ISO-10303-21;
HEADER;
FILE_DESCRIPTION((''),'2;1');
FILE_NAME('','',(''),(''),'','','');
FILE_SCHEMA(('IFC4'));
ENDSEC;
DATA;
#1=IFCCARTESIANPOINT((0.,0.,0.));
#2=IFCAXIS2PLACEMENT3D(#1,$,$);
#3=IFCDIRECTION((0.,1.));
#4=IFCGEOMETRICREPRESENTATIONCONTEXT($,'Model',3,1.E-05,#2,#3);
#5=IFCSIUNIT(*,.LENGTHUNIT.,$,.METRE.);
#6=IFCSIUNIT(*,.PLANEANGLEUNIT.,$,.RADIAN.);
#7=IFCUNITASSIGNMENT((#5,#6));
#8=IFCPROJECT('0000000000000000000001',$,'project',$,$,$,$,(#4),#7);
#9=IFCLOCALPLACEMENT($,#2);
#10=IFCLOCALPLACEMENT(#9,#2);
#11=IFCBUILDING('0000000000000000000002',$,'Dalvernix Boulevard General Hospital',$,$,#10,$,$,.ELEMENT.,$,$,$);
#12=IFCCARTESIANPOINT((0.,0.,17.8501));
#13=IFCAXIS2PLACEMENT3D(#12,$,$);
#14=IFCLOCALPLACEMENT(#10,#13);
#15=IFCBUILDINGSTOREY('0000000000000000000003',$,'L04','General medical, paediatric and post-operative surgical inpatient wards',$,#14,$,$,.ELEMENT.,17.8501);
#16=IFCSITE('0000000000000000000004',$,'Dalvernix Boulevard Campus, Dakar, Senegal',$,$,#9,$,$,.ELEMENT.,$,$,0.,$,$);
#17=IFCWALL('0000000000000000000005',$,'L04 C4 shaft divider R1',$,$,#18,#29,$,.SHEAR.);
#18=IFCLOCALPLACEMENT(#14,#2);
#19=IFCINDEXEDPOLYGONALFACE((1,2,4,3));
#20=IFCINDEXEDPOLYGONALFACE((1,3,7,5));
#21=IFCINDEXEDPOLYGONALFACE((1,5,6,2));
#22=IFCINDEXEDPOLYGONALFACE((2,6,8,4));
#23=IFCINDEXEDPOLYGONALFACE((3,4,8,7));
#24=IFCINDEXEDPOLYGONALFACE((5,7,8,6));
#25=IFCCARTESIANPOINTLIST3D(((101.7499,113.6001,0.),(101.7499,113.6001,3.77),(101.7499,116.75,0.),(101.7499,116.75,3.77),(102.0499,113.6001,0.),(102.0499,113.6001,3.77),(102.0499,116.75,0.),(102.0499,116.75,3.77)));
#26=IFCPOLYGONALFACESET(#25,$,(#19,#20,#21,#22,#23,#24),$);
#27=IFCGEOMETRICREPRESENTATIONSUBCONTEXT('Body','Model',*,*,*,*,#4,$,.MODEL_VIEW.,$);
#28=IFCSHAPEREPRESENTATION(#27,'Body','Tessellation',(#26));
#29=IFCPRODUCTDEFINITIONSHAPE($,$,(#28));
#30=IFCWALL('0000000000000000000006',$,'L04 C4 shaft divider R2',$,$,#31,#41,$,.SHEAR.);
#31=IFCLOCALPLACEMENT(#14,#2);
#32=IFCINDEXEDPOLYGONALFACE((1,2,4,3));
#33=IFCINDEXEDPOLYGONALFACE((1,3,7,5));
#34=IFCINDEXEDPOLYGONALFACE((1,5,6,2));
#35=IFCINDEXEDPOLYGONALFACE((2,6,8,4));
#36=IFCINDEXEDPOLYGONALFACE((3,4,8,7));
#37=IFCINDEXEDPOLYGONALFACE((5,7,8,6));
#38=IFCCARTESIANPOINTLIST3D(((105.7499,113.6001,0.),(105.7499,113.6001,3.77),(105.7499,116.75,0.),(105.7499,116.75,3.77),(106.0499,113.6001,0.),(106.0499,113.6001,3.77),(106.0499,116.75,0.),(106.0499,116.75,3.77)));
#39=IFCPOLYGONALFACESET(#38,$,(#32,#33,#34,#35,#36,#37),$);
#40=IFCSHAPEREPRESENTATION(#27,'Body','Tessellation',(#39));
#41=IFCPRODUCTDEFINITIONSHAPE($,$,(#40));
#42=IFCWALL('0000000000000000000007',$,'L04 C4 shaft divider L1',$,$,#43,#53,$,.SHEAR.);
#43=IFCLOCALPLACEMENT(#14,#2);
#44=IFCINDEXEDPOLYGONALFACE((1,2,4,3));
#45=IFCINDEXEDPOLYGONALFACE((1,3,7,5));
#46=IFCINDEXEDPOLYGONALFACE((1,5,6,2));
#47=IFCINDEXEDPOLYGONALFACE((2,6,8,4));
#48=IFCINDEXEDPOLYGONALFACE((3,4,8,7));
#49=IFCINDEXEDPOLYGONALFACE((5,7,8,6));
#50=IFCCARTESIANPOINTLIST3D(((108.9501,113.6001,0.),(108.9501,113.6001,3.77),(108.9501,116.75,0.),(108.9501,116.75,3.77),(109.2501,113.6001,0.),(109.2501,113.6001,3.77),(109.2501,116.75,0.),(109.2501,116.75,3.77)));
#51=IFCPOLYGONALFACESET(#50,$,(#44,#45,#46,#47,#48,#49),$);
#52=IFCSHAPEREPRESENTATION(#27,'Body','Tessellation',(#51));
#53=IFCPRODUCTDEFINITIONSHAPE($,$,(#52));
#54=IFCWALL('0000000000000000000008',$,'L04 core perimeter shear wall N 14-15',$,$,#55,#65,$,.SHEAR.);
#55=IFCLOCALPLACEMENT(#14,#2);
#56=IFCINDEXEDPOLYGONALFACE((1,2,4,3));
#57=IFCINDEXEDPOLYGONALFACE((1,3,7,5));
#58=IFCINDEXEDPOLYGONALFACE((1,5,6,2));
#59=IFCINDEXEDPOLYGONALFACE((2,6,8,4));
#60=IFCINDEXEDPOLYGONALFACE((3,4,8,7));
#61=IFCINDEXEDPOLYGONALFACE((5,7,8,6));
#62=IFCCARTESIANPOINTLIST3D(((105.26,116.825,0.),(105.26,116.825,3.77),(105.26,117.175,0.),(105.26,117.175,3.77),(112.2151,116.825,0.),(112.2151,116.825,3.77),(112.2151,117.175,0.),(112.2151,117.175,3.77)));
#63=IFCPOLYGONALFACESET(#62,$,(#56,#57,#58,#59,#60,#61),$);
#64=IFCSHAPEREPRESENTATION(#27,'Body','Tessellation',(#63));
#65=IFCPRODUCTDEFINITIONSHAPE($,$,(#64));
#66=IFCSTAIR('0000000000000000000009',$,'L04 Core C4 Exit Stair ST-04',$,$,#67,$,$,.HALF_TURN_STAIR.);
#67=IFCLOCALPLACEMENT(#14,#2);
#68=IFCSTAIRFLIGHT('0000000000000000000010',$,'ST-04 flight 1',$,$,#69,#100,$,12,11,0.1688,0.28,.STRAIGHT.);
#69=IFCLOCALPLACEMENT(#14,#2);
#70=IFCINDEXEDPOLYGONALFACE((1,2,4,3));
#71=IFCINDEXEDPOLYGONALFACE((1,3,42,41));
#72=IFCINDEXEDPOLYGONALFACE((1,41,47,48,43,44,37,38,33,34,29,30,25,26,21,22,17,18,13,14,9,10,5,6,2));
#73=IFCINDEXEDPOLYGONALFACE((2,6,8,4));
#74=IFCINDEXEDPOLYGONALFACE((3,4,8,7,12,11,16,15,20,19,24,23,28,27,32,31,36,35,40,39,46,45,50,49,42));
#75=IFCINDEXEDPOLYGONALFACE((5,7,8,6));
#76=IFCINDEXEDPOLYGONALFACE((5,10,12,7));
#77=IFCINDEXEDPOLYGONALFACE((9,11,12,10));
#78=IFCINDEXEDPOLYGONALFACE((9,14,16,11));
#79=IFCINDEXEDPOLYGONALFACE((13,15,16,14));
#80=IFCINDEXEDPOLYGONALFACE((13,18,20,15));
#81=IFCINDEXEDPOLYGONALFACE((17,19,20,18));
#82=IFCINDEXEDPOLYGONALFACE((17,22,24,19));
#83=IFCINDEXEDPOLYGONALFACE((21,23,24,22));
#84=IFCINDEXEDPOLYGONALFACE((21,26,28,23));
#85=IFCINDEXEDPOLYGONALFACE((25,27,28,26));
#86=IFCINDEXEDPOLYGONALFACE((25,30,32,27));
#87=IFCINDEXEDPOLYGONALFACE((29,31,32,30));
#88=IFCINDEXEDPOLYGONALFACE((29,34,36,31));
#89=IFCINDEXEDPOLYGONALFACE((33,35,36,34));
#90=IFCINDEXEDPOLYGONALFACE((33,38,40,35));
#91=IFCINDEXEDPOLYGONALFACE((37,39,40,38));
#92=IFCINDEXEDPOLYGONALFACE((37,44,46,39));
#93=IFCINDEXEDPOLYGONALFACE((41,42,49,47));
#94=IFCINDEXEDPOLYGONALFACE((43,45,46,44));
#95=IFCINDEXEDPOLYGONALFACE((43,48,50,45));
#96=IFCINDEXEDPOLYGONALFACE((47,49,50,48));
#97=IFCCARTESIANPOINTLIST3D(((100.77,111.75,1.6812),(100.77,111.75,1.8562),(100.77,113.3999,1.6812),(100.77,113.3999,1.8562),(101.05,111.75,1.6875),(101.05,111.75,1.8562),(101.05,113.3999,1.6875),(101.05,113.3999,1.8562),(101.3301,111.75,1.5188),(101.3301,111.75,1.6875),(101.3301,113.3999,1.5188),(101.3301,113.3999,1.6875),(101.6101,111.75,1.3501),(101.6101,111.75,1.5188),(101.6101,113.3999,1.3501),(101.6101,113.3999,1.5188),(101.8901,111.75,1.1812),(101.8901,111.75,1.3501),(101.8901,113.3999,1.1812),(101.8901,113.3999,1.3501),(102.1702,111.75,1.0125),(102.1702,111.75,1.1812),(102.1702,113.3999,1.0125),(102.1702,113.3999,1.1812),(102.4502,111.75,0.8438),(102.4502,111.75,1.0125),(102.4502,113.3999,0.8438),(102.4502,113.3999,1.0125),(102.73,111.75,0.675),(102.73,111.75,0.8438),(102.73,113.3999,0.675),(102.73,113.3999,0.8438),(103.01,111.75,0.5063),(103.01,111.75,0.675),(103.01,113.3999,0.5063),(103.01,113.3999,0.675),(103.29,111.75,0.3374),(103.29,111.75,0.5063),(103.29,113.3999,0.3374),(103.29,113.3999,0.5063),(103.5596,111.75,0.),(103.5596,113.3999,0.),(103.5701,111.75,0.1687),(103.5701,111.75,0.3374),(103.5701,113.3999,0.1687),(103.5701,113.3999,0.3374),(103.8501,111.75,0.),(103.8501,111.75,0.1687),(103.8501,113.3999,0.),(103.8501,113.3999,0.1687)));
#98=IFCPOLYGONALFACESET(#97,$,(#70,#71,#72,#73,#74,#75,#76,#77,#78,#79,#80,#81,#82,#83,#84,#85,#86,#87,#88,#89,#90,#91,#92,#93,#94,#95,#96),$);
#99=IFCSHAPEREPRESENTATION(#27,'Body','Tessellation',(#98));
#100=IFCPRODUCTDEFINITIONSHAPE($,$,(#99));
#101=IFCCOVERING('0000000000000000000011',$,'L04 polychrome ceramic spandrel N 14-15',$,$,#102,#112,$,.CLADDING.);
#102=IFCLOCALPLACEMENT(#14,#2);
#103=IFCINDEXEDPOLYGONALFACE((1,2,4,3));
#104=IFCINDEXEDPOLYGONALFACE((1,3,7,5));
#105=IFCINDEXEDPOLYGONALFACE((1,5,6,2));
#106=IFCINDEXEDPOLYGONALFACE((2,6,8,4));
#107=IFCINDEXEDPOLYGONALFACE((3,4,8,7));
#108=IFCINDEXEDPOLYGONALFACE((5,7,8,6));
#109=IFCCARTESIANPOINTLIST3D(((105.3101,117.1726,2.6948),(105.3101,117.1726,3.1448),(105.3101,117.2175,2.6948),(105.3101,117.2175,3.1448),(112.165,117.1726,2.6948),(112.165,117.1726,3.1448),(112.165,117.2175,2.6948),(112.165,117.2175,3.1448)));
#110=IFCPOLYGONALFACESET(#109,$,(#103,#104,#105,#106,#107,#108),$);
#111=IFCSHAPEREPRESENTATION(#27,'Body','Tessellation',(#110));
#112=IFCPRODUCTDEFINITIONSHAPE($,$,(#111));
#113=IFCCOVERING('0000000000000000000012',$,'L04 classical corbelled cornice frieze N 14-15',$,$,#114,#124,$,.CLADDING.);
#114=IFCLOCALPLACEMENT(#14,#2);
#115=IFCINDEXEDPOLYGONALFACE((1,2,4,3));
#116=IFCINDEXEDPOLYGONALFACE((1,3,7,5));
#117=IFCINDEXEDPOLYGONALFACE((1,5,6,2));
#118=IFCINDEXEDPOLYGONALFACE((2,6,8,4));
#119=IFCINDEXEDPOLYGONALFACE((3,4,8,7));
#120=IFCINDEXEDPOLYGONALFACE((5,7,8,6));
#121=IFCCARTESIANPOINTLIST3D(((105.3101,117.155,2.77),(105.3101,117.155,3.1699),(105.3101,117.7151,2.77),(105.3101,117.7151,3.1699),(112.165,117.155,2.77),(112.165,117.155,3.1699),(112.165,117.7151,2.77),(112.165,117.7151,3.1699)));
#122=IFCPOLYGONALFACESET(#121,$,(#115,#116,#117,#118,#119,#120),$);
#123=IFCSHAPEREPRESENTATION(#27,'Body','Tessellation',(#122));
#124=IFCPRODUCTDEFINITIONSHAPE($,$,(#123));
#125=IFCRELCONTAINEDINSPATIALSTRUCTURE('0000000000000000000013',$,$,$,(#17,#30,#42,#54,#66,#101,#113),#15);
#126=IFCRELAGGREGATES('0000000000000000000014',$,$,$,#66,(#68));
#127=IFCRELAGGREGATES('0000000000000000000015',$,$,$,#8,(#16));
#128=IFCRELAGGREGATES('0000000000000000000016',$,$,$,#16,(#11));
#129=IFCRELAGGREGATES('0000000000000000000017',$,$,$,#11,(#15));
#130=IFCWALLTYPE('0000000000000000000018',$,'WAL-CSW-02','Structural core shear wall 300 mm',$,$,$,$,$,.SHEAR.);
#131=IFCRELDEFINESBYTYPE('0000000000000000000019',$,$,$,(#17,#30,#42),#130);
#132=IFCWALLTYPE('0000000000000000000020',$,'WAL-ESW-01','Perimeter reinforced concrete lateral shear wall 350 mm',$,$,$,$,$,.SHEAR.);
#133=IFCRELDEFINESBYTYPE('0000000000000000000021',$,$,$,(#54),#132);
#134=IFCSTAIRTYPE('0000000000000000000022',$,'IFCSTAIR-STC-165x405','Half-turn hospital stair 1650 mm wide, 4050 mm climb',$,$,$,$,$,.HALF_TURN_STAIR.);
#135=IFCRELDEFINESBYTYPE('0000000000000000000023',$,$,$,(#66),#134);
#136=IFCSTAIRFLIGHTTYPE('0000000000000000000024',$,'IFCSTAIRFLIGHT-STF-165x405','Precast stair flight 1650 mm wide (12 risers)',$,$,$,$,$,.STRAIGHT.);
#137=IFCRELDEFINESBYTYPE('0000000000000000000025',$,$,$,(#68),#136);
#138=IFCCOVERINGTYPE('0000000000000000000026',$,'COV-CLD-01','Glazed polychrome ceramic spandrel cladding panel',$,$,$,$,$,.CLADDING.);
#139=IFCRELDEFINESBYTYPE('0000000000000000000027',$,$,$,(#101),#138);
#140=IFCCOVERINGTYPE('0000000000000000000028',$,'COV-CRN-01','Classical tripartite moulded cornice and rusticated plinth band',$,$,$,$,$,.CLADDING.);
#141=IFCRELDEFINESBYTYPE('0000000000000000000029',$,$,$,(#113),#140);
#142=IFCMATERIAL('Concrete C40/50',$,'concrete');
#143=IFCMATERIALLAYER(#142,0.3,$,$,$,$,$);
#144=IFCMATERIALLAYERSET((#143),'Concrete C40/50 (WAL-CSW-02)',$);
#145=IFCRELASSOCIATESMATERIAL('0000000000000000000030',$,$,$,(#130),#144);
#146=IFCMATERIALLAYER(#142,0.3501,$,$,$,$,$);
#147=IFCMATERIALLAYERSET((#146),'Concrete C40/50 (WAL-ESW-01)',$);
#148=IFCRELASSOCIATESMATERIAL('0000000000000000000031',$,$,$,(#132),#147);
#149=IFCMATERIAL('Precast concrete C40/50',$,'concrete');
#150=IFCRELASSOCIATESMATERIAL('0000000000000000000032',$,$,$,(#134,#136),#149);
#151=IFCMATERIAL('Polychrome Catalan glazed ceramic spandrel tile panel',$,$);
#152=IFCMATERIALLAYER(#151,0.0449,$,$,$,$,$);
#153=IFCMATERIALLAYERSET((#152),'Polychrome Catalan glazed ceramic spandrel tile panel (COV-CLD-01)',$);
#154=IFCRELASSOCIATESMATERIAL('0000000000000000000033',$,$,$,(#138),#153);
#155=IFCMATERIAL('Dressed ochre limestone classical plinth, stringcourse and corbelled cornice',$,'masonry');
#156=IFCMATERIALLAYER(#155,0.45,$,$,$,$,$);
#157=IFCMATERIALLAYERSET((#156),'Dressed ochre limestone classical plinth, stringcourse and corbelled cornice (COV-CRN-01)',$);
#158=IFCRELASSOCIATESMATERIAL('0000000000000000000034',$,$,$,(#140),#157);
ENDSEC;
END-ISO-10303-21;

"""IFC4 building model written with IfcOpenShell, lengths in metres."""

from ifc_helpers import new_model, si_unit, direction, frame, frame_2d, origin, origin_2d, place, context, subcontext, project, spatial, polyline, rectangle, outline, extrude, material, layer, layer_set, type_object, element, aggregate, save


model = new_model("IFC4")

# Units and contexts
model_context = context("Model", 3, precision=1e-05, world=origin(), true_north=direction((0.0, 1.0)))
body_context = subcontext(model_context, "Body", "Model", "MODEL_VIEW")
ifc_project = project(units=[si_unit("LENGTHUNIT", "METRE"), si_unit("PLANEANGLEUNIT", "RADIAN")], contexts=[model_context])

# Site, building, storey
site_placement = place(None, origin())
site = spatial("IfcSite", under=ifc_project, at=site_placement, Name="Dalvernix Boulevard Campus, Dakar, Senegal", CompositionType="ELEMENT", RefElevation=0.0)
building_placement = place(site_placement, origin())
building = spatial("IfcBuilding", under=site, at=building_placement, Name="Dalvernix Boulevard General Hospital", CompositionType="ELEMENT")
storey_placement = place(building_placement, frame((0.0, 0.0, 17.8501)))
storey = spatial("IfcBuildingStorey", under=building, at=storey_placement, Name="L04", Description="General medical, paediatric and post-operative surgical inpatient wards", CompositionType="ELEMENT", Elevation=17.8501)

# Shared definitions
ifc_material_1 = material(Name="Concrete C40/50", Category="concrete")

# Shared definitions
ifc_layer_1 = layer(ifc_material_1, 0.3)
ifc_layer_set_1 = layer_set([ifc_layer_1], Name="Concrete C40/50 (WAL-CSW-02)")
wall_type_1 = type_object("IfcWallType", Name="WAL-CSW-02", Description="Structural core shear wall 300 mm", PredefinedType="SHEAR", material=ifc_layer_set_1)

# Walls
for number, where, z_axis, x_axis, name in (
    (1, (101.8999, 113.6001, 0.0), (0.0, 0.0, 1.0), (0.0, 1.0, 0.0), "L04 C4 shaft divider R1"),
    (2, (105.8999, 113.6001, 0.0), (0.0, 0.0, 1.0), (0.0, 1.0, 0.0), "L04 C4 shaft divider R2"),
    (3, (109.1001, 113.6001, 0.0), (0.0, 0.0, 1.0), (0.0, 1.0, 0.0), "L04 C4 shaft divider L1"),
):
    element("IfcWall", number, at=place(storey_placement, frame(where, z_axis=z_axis, x_axis=x_axis)), inside=storey, type_object=wall_type_1, Name=name, PredefinedType="SHEAR", context=body_context, shape_type="SweptSolid", body=[
        extrude(rectangle(XDim=3.1499, YDim=0.3, at=frame_2d((1.575, 0.0))), origin(), (0.0, 0.0, 1.0), 3.77),
    ])
ifc_layer_2 = layer(ifc_material_1, 0.3501)
ifc_layer_set_2 = layer_set([ifc_layer_2], Name="Concrete C40/50 (WAL-ESW-01)")
wall_type_2 = type_object("IfcWallType", Name="WAL-ESW-01", Description="Perimeter reinforced concrete lateral shear wall 350 mm", PredefinedType="SHEAR", material=ifc_layer_set_2)
wall_1_placement = place(storey_placement, frame((105.26, 117.0, 0.0), z_axis=(0.0, 0.0, 1.0), x_axis=(1.0, 0.0, 0.0)))
element("IfcWall", 4, at=wall_1_placement, inside=storey, type_object=wall_type_2, Name="L04 core perimeter shear wall N 14-15", PredefinedType="SHEAR", context=body_context, shape_type="SweptSolid", body=[
    extrude(rectangle(XDim=6.9551, YDim=0.3501, at=frame_2d((3.4775, 0.0))), origin(), (0.0, 0.0, 1.0), 3.77),
])

# Stair, stair flight
ifc_material_2 = material(Name="Precast concrete C40/50", Category="concrete")
stair_type = type_object("IfcStairType", Name="IFCSTAIR-STC-165x405", Description="Half-turn hospital stair 1650 mm wide, 4050 mm climb", PredefinedType="HALF_TURN_STAIR", material=ifc_material_2)
stair_placement = place(storey_placement, origin())
stair = element("IfcStair", 5, at=stair_placement, inside=storey, type_object=stair_type, Name="L04 Core C4 Exit Stair ST-04", PredefinedType="HALF_TURN_STAIR")
stair_flight_type = type_object("IfcStairFlightType", Name="IFCSTAIRFLIGHT-STF-165x405", Description="Precast stair flight 1650 mm wide (12 risers)", PredefinedType="STRAIGHT", material=ifc_material_2)
stair_flight_placement = place(storey_placement, frame((103.8501, 112.575, 0.0), z_axis=(0.0, 0.0, 1.0), x_axis=(-1.0, 0.0, 0.0)))
stair_flight = element("IfcStairFlight", 6, at=stair_flight_placement, type_object=stair_flight_type, Name="ST-04 flight 1", NumberOfRisers=12, NumberOfTreads=11, PredefinedType="STRAIGHT", RiserHeight=0.1688, TreadLength=0.28, context=body_context, shape_type="SweptSolid", body=[
    extrude(outline(polyline([(0.0, 0.0), (0.0, 0.1687), (0.28, 0.1687), (0.28, 0.3374), (0.5601, 0.3374), (0.5601, 0.5063), (0.8401, 0.5063), (0.8401, 0.675), (1.1201, 0.675), (1.1201, 0.8438), (1.3999, 0.8438), (1.3999, 1.0125), (1.6799, 1.0125), (1.6799, 1.1812), (1.96, 1.1812), (1.96, 1.3501), (2.24, 1.3501), (2.24, 1.5188), (2.52, 1.5188), (2.52, 1.6875), (2.8, 1.6875), (2.8, 1.8562), (3.0801, 1.8562), (3.0801, 2.0249), (3.0801, 1.6812), (0.2905, 0.0), (0.0, 0.0)])), frame((0.0, 0.825, 0.0), z_axis=(0.0, -1.0, 0.0), x_axis=(1.0, 0.0, 0.0)), (0.0, 0.0, 1.0), 1.6499),
])
aggregate(stair, [stair_flight])

# Coverings
ifc_material_3 = material(Name="Polychrome Catalan glazed ceramic spandrel tile panel")
ifc_layer_3 = layer(ifc_material_3, 0.0449)
ifc_layer_set_3 = layer_set([ifc_layer_3], Name="Polychrome Catalan glazed ceramic spandrel tile panel (COV-CLD-01)")
covering_type_1 = type_object("IfcCoveringType", Name="COV-CLD-01", Description="Glazed polychrome ceramic spandrel cladding panel", PredefinedType="CLADDING", material=ifc_layer_set_3)
covering_1_placement = place(storey_placement, frame((108.7375, 117.1951, 2.6948), z_axis=(0.0, 0.0, 1.0), x_axis=(1.0, 0.0, 0.0)))
element("IfcCovering", 7, at=covering_1_placement, inside=storey, type_object=covering_type_1, Name="L04 polychrome ceramic spandrel N 14-15", PredefinedType="CLADDING", context=body_context, shape_type="SweptSolid", body=[
    extrude(rectangle(XDim=6.855, YDim=0.0449, at=origin_2d()), origin(), (0.0, 0.0, 1.0), 0.45),
])
ifc_material_4 = material(Name="Dressed ochre limestone classical plinth, stringcourse and corbelled cornice", Category="masonry")
ifc_layer_4 = layer(ifc_material_4, 0.45)
ifc_layer_set_4 = layer_set([ifc_layer_4], Name="Dressed ochre limestone classical plinth, stringcourse and corbelled cornice (COV-CRN-01)")
covering_type_2 = type_object("IfcCoveringType", Name="COV-CRN-01", Description="Classical tripartite moulded cornice and rusticated plinth band", PredefinedType="CLADDING", material=ifc_layer_set_4)
covering_2_placement = place(storey_placement, frame((108.7375, 117.4351, 2.77), z_axis=(0.0, 0.0, 1.0), x_axis=(1.0, 0.0, 0.0)))
element("IfcCovering", 8, at=covering_2_placement, inside=storey, type_object=covering_type_2, Name="L04 classical corbelled cornice frieze N 14-15", PredefinedType="CLADDING", context=body_context, shape_type="SweptSolid", body=[
    extrude(rectangle(XDim=6.855, YDim=0.5601, at=origin_2d()), origin(), (0.0, 0.0, 1.0), 0.3999),
])

save(model, "model.ifc")
